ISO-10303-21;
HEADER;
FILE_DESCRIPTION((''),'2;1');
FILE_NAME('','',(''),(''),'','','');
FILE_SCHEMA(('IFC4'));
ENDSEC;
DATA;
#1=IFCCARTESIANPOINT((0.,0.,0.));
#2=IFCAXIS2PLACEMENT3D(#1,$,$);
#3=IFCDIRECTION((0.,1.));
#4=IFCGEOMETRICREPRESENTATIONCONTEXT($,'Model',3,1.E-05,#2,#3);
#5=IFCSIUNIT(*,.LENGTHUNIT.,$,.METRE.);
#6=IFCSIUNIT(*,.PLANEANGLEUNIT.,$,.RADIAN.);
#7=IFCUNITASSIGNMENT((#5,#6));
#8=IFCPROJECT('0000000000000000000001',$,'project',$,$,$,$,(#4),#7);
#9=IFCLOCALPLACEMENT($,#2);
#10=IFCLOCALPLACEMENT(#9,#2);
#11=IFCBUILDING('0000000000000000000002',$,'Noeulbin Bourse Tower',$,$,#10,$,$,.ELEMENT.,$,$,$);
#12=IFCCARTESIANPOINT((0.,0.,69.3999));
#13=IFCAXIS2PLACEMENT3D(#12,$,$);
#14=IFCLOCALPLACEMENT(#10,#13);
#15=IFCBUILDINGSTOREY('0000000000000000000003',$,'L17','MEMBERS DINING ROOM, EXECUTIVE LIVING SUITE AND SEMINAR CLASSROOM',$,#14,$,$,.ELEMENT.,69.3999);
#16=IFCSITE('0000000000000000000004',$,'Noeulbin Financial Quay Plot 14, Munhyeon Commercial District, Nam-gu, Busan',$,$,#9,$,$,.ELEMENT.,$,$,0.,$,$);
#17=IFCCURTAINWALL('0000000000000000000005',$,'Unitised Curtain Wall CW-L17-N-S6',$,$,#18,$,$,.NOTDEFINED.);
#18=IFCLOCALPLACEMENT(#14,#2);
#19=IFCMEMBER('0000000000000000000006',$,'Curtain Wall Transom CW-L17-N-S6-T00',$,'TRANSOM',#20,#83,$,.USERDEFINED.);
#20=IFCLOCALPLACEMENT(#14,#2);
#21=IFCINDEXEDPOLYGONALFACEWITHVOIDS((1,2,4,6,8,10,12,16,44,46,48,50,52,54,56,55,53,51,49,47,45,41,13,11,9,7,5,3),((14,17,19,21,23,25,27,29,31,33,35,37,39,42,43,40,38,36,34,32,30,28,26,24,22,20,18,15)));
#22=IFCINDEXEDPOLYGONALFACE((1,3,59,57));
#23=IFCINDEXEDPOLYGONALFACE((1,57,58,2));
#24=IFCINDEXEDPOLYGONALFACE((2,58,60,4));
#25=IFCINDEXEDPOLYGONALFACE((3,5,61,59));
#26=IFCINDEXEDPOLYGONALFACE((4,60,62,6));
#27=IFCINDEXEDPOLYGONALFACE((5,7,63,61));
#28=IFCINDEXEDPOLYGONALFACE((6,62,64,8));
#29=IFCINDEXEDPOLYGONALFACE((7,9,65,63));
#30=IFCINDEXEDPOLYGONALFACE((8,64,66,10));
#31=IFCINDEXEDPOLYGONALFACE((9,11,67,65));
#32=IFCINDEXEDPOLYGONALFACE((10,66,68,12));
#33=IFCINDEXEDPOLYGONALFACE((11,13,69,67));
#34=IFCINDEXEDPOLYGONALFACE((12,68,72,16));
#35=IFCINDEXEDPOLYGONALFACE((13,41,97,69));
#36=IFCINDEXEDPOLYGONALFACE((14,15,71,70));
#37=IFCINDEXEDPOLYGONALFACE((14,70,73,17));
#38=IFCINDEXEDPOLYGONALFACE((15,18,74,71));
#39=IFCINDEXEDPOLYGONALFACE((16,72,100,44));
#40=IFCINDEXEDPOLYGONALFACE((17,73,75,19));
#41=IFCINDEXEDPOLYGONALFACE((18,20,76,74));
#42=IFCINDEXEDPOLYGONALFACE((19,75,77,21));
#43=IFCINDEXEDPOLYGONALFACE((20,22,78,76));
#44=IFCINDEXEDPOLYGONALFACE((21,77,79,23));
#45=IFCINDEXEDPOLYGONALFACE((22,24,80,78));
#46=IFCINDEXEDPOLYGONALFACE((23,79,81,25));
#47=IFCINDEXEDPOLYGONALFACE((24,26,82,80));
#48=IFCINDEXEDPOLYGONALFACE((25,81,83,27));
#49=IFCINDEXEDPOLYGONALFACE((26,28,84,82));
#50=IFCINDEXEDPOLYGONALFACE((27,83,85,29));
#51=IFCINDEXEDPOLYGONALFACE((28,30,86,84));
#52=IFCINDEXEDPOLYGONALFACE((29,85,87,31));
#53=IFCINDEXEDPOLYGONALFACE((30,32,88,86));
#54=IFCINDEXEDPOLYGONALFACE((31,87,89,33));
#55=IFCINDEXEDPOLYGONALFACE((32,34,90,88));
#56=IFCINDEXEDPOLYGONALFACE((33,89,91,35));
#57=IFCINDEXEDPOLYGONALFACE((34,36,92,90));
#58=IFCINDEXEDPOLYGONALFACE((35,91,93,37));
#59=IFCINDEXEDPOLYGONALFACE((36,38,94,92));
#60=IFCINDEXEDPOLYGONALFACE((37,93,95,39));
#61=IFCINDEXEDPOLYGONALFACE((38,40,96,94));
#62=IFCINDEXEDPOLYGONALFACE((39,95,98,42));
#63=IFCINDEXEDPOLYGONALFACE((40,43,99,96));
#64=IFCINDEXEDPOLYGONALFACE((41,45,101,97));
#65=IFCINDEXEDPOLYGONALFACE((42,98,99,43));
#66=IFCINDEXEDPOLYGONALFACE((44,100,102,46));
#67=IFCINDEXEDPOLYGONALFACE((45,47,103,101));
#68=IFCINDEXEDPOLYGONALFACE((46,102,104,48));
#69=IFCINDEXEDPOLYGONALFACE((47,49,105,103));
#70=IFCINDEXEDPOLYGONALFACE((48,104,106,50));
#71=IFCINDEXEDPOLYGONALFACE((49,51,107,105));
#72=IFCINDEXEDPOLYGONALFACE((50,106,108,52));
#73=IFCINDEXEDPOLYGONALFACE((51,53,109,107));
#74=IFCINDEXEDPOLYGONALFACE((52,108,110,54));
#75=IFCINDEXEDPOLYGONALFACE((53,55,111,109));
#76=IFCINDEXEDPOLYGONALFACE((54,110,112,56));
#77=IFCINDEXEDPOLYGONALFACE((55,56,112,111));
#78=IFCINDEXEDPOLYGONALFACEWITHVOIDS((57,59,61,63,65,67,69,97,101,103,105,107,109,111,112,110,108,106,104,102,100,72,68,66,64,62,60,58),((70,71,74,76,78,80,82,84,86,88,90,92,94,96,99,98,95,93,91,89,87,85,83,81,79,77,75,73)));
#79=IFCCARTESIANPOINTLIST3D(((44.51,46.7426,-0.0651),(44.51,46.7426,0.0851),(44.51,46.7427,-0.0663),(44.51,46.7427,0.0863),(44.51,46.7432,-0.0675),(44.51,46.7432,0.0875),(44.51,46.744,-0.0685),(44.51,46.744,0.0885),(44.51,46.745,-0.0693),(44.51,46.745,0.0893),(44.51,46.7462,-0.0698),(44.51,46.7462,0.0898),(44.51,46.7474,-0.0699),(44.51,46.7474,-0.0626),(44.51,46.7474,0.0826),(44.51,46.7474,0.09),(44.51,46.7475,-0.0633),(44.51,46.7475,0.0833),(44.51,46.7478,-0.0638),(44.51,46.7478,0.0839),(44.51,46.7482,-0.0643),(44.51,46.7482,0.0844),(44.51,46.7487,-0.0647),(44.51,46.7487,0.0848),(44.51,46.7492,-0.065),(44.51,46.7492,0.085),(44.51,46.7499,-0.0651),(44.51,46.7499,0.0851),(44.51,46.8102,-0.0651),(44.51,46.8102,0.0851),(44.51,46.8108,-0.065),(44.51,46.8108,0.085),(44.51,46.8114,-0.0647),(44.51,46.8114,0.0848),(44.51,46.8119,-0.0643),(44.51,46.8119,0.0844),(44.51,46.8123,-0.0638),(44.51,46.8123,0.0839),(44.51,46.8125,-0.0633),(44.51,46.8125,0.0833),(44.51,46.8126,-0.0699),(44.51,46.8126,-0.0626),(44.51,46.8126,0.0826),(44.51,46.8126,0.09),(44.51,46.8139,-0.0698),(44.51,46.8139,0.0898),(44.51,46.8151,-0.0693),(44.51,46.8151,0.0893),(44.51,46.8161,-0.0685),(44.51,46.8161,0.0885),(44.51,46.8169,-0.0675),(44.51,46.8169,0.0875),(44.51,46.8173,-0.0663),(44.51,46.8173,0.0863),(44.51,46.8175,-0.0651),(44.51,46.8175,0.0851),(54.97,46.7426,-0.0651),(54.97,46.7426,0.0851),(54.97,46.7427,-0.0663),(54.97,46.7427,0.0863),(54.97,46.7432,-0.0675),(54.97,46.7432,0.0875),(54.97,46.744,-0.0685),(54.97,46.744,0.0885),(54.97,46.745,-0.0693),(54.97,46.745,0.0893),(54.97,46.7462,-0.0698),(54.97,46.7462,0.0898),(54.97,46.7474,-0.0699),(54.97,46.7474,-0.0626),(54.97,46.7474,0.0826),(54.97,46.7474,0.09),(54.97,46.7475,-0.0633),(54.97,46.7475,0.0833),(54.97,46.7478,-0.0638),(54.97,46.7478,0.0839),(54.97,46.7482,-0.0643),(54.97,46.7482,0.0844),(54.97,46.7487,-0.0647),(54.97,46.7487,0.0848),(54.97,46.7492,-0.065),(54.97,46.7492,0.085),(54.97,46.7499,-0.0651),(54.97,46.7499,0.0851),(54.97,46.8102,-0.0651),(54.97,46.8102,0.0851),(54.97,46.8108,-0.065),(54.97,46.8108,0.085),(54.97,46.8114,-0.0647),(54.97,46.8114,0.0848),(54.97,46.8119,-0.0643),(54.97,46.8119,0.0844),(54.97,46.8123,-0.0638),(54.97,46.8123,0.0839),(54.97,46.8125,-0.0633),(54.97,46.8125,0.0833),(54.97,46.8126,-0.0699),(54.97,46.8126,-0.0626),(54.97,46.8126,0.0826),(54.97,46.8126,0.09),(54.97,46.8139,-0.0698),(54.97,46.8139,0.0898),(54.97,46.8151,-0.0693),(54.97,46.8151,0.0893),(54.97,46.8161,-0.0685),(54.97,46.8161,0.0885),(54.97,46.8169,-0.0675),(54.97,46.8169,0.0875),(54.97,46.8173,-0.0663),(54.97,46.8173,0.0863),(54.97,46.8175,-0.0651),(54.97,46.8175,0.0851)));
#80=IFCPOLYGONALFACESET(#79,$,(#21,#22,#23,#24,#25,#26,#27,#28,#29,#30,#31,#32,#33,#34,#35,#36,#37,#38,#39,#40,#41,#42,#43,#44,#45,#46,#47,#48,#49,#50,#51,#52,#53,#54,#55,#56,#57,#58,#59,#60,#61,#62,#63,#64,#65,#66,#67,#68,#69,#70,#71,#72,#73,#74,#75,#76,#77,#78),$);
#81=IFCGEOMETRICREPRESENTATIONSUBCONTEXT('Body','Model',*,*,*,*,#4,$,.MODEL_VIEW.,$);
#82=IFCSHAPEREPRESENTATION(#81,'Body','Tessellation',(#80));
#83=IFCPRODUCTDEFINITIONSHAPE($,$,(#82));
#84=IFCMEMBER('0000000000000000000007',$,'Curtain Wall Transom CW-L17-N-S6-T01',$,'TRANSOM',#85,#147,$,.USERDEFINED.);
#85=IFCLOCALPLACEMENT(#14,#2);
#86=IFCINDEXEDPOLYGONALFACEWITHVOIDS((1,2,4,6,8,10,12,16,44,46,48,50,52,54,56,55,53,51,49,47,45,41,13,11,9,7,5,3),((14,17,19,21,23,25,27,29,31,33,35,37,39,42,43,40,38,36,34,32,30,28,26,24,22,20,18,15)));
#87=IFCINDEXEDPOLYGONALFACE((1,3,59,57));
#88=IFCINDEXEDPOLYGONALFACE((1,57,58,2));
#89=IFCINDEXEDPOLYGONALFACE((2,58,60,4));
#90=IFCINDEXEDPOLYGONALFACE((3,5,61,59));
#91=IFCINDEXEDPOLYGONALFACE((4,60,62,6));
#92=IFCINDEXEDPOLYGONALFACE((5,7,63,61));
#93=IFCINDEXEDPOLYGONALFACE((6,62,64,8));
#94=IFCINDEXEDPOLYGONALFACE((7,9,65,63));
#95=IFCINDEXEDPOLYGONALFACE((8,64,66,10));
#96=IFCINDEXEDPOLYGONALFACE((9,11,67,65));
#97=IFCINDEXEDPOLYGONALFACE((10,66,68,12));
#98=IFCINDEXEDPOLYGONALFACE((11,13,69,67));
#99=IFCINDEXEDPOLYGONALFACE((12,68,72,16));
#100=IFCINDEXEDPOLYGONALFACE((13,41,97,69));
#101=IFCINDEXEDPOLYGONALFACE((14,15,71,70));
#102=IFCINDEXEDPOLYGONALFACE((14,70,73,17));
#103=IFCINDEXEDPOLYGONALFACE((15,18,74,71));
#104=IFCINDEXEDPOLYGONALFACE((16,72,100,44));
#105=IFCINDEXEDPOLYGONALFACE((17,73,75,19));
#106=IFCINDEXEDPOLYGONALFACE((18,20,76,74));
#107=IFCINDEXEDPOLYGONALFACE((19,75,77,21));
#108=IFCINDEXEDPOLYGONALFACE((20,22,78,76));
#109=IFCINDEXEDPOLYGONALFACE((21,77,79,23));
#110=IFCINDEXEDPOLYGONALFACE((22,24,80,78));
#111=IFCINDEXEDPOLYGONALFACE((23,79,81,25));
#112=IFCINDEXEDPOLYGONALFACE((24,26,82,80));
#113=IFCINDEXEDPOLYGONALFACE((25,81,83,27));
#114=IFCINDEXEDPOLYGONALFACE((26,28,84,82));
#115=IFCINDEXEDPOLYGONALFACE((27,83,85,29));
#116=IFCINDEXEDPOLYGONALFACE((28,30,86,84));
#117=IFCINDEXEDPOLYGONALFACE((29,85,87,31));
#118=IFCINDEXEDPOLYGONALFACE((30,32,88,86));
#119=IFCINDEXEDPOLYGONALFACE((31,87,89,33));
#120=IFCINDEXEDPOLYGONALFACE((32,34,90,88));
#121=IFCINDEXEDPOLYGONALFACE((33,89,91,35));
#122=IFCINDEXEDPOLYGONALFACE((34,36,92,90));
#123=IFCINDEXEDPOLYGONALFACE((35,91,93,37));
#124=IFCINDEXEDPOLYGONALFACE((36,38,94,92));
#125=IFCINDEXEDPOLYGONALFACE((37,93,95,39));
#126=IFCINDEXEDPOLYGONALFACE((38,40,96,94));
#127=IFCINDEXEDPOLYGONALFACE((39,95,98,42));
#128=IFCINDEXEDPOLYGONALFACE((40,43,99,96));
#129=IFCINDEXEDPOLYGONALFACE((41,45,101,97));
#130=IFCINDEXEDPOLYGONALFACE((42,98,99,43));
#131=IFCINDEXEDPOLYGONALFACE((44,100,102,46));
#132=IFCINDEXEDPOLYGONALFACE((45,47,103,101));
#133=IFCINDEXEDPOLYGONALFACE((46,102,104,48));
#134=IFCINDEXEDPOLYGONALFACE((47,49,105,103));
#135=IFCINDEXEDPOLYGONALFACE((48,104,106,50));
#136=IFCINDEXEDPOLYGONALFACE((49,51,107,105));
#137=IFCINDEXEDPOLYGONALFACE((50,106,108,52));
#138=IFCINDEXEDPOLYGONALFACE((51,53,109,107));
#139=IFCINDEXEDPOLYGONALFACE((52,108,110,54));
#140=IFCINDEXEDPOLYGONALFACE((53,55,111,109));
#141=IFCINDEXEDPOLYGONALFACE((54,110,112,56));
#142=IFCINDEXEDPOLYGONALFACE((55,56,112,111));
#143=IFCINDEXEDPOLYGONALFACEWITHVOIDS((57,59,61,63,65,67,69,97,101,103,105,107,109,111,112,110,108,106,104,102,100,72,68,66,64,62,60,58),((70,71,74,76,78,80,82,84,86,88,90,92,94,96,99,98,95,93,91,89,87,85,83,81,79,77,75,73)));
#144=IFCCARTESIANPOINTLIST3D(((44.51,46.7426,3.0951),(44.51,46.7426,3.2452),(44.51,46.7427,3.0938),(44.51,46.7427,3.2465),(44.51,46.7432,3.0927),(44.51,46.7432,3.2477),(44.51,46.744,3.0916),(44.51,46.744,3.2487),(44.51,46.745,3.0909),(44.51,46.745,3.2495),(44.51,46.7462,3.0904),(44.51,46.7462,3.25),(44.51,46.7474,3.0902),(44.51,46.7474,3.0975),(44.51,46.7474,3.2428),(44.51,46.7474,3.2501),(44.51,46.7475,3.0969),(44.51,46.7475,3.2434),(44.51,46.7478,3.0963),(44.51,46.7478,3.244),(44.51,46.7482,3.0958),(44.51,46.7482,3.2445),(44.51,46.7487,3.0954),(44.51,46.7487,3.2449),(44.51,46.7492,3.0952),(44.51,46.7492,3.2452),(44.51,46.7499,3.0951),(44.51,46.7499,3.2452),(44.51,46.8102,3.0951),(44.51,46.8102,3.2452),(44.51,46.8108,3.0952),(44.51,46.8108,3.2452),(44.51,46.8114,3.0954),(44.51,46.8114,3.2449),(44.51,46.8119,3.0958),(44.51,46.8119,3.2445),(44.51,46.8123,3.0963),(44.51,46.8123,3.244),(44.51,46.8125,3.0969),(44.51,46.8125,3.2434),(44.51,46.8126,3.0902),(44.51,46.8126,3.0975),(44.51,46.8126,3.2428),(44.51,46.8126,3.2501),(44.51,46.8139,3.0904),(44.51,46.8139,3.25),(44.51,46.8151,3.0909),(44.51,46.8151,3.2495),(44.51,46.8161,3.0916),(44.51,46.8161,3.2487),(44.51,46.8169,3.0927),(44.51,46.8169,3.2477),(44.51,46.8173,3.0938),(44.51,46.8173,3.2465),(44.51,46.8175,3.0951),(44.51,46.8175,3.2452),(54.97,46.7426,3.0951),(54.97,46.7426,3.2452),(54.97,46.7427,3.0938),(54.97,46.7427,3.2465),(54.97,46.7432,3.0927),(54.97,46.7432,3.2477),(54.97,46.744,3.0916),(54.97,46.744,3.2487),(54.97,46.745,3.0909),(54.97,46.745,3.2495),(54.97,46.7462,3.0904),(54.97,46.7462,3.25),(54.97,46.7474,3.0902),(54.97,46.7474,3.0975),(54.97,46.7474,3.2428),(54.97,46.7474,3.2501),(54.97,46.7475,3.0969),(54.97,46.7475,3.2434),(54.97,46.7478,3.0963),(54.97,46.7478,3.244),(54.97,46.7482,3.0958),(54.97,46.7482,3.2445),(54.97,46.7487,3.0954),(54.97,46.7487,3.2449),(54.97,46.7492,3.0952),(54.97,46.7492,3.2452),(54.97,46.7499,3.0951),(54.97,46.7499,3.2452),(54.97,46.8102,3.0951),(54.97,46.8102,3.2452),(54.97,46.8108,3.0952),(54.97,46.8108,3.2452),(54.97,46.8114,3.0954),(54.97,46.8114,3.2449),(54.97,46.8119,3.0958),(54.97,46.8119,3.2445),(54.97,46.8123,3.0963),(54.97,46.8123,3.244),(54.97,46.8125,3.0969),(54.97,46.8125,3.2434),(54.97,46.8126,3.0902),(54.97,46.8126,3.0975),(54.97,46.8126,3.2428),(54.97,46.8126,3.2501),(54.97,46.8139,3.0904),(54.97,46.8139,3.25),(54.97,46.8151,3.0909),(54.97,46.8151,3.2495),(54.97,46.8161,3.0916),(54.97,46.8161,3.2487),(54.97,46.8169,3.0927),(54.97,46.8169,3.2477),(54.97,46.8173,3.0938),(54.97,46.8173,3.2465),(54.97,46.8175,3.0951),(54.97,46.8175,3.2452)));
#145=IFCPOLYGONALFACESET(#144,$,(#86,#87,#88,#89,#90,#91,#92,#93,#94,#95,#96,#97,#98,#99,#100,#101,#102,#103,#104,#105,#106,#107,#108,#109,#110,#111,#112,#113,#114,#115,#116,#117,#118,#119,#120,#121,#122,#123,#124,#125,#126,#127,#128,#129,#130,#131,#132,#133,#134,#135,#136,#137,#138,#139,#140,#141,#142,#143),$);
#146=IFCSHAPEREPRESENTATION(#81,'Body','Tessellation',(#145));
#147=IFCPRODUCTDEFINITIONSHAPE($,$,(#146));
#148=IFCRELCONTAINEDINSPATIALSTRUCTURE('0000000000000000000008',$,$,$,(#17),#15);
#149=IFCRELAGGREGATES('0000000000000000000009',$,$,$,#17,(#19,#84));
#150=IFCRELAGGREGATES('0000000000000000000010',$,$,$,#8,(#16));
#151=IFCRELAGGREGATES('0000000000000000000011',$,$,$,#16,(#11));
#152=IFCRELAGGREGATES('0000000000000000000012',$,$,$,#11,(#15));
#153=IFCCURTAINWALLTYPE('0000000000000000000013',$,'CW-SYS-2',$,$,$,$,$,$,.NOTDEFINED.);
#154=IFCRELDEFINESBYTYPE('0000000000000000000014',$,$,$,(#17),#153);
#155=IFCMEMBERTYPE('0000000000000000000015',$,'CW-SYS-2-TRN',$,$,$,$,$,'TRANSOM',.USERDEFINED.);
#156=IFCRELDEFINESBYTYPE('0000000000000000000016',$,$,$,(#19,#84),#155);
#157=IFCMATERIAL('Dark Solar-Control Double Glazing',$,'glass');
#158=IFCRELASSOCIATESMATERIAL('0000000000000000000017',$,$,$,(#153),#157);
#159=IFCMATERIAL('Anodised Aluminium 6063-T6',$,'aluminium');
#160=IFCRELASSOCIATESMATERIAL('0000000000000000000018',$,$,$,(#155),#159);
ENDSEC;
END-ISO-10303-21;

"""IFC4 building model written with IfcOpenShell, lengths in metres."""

from ifc_helpers import new_model, si_unit, direction, frame, origin, origin_2d, place, context, subcontext, project, spatial, hollow_rectangle, extrude, material, material_profile, profile_set, type_object, element, aggregate, save


model = new_model("IFC4")

# Units and contexts
model_context = context("Model", 3, precision=1e-05, world=origin(), true_north=direction((0.0, 1.0)))
body_context = subcontext(model_context, "Body", "Model", "MODEL_VIEW")
ifc_project = project(units=[si_unit("LENGTHUNIT", "METRE"), si_unit("PLANEANGLEUNIT", "RADIAN")], contexts=[model_context])

# Site, building, storey
site_placement = place(None, origin())
site = spatial("IfcSite", under=ifc_project, at=site_placement, Name="Noeulbin Financial Quay Plot 14, Munhyeon Commercial District, Nam-gu, Busan", CompositionType="ELEMENT", RefElevation=0.0)
building_placement = place(site_placement, origin())
building = spatial("IfcBuilding", under=site, at=building_placement, Name="Noeulbin Bourse Tower", CompositionType="ELEMENT")
storey_placement = place(building_placement, frame((0.0, 0.0, 69.3999)))
storey = spatial("IfcBuildingStorey", under=building, at=storey_placement, Name="L17", Description="MEMBERS DINING ROOM, EXECUTIVE LIVING SUITE AND SEMINAR CLASSROOM", CompositionType="ELEMENT", Elevation=69.3999)

# Shared definitions
ifc_material_1 = material(Name="Dark Solar-Control Double Glazing", Category="glass")
curtain_wall_type = type_object("IfcCurtainWallType", Name="CW-SYS-2", PredefinedType="NOTDEFINED", material=ifc_material_1)
ifc_material_2 = material(Name="Anodised Aluminium 6063-T6", Category="aluminium")

# Curtain wall
curtain_wall_1_placement = place(storey_placement, origin())
curtain_wall_1 = element("IfcCurtainWall", 1, at=curtain_wall_1_placement, inside=storey, type_object=curtain_wall_type, Name="Unitised Curtain Wall CW-L17-N-S6", PredefinedType="NOTDEFINED")

# Members
ifc_material_profile_1 = material_profile(ifc_material_2, hollow_rectangle(XDim=0.075, YDim=0.1599, WallThickness=0.0049, InnerFilletRadius=0.0024, OuterFilletRadius=0.0049, at=origin_2d()), Name="ALU-TRAN-75x160x5", Category="LoadBearing")
ifc_profile_set_1 = profile_set([ifc_material_profile_1], Name="Anodised Aluminium 6063-T6")
member_type_1 = type_object("IfcMemberType", Name="CW-SYS-2-TRN", ElementType="TRANSOM", PredefinedType="USERDEFINED", material=ifc_profile_set_1)
member_1_placement = place(storey_placement, frame((44.51, 46.78, 0.01), z_axis=(1.0, 0.0, 0.0), x_axis=(0.0, 1.0, 0.0)))
member_1 = element("IfcMember", 2, at=member_1_placement, type_object=member_type_1, Name="Curtain Wall Transom CW-L17-N-S6-T00", ObjectType="TRANSOM", PredefinedType="USERDEFINED", context=body_context, shape_type="SweptSolid", body=[
    extrude(hollow_rectangle(XDim=0.075, YDim=0.1599, WallThickness=0.0049, InnerFilletRadius=0.0024, OuterFilletRadius=0.0049, at=origin_2d()), origin(), (0.0, 0.0, 1.0), 10.46),
])
member_2_placement = place(storey_placement, frame((44.51, 46.78, 3.1702), z_axis=(1.0, 0.0, 0.0), x_axis=(0.0, 1.0, 0.0)))
member_2 = element("IfcMember", 3, at=member_2_placement, type_object=member_type_1, Name="Curtain Wall Transom CW-L17-N-S6-T01", ObjectType="TRANSOM", PredefinedType="USERDEFINED", context=body_context, shape_type="SweptSolid", body=[
    extrude(hollow_rectangle(XDim=0.075, YDim=0.1599, WallThickness=0.0049, InnerFilletRadius=0.0024, OuterFilletRadius=0.0049, at=origin_2d()), origin(), (0.0, 0.0, 1.0), 10.46),
])

aggregate(curtain_wall_1, [member_1, member_2])

save(model, "model.ifc")
